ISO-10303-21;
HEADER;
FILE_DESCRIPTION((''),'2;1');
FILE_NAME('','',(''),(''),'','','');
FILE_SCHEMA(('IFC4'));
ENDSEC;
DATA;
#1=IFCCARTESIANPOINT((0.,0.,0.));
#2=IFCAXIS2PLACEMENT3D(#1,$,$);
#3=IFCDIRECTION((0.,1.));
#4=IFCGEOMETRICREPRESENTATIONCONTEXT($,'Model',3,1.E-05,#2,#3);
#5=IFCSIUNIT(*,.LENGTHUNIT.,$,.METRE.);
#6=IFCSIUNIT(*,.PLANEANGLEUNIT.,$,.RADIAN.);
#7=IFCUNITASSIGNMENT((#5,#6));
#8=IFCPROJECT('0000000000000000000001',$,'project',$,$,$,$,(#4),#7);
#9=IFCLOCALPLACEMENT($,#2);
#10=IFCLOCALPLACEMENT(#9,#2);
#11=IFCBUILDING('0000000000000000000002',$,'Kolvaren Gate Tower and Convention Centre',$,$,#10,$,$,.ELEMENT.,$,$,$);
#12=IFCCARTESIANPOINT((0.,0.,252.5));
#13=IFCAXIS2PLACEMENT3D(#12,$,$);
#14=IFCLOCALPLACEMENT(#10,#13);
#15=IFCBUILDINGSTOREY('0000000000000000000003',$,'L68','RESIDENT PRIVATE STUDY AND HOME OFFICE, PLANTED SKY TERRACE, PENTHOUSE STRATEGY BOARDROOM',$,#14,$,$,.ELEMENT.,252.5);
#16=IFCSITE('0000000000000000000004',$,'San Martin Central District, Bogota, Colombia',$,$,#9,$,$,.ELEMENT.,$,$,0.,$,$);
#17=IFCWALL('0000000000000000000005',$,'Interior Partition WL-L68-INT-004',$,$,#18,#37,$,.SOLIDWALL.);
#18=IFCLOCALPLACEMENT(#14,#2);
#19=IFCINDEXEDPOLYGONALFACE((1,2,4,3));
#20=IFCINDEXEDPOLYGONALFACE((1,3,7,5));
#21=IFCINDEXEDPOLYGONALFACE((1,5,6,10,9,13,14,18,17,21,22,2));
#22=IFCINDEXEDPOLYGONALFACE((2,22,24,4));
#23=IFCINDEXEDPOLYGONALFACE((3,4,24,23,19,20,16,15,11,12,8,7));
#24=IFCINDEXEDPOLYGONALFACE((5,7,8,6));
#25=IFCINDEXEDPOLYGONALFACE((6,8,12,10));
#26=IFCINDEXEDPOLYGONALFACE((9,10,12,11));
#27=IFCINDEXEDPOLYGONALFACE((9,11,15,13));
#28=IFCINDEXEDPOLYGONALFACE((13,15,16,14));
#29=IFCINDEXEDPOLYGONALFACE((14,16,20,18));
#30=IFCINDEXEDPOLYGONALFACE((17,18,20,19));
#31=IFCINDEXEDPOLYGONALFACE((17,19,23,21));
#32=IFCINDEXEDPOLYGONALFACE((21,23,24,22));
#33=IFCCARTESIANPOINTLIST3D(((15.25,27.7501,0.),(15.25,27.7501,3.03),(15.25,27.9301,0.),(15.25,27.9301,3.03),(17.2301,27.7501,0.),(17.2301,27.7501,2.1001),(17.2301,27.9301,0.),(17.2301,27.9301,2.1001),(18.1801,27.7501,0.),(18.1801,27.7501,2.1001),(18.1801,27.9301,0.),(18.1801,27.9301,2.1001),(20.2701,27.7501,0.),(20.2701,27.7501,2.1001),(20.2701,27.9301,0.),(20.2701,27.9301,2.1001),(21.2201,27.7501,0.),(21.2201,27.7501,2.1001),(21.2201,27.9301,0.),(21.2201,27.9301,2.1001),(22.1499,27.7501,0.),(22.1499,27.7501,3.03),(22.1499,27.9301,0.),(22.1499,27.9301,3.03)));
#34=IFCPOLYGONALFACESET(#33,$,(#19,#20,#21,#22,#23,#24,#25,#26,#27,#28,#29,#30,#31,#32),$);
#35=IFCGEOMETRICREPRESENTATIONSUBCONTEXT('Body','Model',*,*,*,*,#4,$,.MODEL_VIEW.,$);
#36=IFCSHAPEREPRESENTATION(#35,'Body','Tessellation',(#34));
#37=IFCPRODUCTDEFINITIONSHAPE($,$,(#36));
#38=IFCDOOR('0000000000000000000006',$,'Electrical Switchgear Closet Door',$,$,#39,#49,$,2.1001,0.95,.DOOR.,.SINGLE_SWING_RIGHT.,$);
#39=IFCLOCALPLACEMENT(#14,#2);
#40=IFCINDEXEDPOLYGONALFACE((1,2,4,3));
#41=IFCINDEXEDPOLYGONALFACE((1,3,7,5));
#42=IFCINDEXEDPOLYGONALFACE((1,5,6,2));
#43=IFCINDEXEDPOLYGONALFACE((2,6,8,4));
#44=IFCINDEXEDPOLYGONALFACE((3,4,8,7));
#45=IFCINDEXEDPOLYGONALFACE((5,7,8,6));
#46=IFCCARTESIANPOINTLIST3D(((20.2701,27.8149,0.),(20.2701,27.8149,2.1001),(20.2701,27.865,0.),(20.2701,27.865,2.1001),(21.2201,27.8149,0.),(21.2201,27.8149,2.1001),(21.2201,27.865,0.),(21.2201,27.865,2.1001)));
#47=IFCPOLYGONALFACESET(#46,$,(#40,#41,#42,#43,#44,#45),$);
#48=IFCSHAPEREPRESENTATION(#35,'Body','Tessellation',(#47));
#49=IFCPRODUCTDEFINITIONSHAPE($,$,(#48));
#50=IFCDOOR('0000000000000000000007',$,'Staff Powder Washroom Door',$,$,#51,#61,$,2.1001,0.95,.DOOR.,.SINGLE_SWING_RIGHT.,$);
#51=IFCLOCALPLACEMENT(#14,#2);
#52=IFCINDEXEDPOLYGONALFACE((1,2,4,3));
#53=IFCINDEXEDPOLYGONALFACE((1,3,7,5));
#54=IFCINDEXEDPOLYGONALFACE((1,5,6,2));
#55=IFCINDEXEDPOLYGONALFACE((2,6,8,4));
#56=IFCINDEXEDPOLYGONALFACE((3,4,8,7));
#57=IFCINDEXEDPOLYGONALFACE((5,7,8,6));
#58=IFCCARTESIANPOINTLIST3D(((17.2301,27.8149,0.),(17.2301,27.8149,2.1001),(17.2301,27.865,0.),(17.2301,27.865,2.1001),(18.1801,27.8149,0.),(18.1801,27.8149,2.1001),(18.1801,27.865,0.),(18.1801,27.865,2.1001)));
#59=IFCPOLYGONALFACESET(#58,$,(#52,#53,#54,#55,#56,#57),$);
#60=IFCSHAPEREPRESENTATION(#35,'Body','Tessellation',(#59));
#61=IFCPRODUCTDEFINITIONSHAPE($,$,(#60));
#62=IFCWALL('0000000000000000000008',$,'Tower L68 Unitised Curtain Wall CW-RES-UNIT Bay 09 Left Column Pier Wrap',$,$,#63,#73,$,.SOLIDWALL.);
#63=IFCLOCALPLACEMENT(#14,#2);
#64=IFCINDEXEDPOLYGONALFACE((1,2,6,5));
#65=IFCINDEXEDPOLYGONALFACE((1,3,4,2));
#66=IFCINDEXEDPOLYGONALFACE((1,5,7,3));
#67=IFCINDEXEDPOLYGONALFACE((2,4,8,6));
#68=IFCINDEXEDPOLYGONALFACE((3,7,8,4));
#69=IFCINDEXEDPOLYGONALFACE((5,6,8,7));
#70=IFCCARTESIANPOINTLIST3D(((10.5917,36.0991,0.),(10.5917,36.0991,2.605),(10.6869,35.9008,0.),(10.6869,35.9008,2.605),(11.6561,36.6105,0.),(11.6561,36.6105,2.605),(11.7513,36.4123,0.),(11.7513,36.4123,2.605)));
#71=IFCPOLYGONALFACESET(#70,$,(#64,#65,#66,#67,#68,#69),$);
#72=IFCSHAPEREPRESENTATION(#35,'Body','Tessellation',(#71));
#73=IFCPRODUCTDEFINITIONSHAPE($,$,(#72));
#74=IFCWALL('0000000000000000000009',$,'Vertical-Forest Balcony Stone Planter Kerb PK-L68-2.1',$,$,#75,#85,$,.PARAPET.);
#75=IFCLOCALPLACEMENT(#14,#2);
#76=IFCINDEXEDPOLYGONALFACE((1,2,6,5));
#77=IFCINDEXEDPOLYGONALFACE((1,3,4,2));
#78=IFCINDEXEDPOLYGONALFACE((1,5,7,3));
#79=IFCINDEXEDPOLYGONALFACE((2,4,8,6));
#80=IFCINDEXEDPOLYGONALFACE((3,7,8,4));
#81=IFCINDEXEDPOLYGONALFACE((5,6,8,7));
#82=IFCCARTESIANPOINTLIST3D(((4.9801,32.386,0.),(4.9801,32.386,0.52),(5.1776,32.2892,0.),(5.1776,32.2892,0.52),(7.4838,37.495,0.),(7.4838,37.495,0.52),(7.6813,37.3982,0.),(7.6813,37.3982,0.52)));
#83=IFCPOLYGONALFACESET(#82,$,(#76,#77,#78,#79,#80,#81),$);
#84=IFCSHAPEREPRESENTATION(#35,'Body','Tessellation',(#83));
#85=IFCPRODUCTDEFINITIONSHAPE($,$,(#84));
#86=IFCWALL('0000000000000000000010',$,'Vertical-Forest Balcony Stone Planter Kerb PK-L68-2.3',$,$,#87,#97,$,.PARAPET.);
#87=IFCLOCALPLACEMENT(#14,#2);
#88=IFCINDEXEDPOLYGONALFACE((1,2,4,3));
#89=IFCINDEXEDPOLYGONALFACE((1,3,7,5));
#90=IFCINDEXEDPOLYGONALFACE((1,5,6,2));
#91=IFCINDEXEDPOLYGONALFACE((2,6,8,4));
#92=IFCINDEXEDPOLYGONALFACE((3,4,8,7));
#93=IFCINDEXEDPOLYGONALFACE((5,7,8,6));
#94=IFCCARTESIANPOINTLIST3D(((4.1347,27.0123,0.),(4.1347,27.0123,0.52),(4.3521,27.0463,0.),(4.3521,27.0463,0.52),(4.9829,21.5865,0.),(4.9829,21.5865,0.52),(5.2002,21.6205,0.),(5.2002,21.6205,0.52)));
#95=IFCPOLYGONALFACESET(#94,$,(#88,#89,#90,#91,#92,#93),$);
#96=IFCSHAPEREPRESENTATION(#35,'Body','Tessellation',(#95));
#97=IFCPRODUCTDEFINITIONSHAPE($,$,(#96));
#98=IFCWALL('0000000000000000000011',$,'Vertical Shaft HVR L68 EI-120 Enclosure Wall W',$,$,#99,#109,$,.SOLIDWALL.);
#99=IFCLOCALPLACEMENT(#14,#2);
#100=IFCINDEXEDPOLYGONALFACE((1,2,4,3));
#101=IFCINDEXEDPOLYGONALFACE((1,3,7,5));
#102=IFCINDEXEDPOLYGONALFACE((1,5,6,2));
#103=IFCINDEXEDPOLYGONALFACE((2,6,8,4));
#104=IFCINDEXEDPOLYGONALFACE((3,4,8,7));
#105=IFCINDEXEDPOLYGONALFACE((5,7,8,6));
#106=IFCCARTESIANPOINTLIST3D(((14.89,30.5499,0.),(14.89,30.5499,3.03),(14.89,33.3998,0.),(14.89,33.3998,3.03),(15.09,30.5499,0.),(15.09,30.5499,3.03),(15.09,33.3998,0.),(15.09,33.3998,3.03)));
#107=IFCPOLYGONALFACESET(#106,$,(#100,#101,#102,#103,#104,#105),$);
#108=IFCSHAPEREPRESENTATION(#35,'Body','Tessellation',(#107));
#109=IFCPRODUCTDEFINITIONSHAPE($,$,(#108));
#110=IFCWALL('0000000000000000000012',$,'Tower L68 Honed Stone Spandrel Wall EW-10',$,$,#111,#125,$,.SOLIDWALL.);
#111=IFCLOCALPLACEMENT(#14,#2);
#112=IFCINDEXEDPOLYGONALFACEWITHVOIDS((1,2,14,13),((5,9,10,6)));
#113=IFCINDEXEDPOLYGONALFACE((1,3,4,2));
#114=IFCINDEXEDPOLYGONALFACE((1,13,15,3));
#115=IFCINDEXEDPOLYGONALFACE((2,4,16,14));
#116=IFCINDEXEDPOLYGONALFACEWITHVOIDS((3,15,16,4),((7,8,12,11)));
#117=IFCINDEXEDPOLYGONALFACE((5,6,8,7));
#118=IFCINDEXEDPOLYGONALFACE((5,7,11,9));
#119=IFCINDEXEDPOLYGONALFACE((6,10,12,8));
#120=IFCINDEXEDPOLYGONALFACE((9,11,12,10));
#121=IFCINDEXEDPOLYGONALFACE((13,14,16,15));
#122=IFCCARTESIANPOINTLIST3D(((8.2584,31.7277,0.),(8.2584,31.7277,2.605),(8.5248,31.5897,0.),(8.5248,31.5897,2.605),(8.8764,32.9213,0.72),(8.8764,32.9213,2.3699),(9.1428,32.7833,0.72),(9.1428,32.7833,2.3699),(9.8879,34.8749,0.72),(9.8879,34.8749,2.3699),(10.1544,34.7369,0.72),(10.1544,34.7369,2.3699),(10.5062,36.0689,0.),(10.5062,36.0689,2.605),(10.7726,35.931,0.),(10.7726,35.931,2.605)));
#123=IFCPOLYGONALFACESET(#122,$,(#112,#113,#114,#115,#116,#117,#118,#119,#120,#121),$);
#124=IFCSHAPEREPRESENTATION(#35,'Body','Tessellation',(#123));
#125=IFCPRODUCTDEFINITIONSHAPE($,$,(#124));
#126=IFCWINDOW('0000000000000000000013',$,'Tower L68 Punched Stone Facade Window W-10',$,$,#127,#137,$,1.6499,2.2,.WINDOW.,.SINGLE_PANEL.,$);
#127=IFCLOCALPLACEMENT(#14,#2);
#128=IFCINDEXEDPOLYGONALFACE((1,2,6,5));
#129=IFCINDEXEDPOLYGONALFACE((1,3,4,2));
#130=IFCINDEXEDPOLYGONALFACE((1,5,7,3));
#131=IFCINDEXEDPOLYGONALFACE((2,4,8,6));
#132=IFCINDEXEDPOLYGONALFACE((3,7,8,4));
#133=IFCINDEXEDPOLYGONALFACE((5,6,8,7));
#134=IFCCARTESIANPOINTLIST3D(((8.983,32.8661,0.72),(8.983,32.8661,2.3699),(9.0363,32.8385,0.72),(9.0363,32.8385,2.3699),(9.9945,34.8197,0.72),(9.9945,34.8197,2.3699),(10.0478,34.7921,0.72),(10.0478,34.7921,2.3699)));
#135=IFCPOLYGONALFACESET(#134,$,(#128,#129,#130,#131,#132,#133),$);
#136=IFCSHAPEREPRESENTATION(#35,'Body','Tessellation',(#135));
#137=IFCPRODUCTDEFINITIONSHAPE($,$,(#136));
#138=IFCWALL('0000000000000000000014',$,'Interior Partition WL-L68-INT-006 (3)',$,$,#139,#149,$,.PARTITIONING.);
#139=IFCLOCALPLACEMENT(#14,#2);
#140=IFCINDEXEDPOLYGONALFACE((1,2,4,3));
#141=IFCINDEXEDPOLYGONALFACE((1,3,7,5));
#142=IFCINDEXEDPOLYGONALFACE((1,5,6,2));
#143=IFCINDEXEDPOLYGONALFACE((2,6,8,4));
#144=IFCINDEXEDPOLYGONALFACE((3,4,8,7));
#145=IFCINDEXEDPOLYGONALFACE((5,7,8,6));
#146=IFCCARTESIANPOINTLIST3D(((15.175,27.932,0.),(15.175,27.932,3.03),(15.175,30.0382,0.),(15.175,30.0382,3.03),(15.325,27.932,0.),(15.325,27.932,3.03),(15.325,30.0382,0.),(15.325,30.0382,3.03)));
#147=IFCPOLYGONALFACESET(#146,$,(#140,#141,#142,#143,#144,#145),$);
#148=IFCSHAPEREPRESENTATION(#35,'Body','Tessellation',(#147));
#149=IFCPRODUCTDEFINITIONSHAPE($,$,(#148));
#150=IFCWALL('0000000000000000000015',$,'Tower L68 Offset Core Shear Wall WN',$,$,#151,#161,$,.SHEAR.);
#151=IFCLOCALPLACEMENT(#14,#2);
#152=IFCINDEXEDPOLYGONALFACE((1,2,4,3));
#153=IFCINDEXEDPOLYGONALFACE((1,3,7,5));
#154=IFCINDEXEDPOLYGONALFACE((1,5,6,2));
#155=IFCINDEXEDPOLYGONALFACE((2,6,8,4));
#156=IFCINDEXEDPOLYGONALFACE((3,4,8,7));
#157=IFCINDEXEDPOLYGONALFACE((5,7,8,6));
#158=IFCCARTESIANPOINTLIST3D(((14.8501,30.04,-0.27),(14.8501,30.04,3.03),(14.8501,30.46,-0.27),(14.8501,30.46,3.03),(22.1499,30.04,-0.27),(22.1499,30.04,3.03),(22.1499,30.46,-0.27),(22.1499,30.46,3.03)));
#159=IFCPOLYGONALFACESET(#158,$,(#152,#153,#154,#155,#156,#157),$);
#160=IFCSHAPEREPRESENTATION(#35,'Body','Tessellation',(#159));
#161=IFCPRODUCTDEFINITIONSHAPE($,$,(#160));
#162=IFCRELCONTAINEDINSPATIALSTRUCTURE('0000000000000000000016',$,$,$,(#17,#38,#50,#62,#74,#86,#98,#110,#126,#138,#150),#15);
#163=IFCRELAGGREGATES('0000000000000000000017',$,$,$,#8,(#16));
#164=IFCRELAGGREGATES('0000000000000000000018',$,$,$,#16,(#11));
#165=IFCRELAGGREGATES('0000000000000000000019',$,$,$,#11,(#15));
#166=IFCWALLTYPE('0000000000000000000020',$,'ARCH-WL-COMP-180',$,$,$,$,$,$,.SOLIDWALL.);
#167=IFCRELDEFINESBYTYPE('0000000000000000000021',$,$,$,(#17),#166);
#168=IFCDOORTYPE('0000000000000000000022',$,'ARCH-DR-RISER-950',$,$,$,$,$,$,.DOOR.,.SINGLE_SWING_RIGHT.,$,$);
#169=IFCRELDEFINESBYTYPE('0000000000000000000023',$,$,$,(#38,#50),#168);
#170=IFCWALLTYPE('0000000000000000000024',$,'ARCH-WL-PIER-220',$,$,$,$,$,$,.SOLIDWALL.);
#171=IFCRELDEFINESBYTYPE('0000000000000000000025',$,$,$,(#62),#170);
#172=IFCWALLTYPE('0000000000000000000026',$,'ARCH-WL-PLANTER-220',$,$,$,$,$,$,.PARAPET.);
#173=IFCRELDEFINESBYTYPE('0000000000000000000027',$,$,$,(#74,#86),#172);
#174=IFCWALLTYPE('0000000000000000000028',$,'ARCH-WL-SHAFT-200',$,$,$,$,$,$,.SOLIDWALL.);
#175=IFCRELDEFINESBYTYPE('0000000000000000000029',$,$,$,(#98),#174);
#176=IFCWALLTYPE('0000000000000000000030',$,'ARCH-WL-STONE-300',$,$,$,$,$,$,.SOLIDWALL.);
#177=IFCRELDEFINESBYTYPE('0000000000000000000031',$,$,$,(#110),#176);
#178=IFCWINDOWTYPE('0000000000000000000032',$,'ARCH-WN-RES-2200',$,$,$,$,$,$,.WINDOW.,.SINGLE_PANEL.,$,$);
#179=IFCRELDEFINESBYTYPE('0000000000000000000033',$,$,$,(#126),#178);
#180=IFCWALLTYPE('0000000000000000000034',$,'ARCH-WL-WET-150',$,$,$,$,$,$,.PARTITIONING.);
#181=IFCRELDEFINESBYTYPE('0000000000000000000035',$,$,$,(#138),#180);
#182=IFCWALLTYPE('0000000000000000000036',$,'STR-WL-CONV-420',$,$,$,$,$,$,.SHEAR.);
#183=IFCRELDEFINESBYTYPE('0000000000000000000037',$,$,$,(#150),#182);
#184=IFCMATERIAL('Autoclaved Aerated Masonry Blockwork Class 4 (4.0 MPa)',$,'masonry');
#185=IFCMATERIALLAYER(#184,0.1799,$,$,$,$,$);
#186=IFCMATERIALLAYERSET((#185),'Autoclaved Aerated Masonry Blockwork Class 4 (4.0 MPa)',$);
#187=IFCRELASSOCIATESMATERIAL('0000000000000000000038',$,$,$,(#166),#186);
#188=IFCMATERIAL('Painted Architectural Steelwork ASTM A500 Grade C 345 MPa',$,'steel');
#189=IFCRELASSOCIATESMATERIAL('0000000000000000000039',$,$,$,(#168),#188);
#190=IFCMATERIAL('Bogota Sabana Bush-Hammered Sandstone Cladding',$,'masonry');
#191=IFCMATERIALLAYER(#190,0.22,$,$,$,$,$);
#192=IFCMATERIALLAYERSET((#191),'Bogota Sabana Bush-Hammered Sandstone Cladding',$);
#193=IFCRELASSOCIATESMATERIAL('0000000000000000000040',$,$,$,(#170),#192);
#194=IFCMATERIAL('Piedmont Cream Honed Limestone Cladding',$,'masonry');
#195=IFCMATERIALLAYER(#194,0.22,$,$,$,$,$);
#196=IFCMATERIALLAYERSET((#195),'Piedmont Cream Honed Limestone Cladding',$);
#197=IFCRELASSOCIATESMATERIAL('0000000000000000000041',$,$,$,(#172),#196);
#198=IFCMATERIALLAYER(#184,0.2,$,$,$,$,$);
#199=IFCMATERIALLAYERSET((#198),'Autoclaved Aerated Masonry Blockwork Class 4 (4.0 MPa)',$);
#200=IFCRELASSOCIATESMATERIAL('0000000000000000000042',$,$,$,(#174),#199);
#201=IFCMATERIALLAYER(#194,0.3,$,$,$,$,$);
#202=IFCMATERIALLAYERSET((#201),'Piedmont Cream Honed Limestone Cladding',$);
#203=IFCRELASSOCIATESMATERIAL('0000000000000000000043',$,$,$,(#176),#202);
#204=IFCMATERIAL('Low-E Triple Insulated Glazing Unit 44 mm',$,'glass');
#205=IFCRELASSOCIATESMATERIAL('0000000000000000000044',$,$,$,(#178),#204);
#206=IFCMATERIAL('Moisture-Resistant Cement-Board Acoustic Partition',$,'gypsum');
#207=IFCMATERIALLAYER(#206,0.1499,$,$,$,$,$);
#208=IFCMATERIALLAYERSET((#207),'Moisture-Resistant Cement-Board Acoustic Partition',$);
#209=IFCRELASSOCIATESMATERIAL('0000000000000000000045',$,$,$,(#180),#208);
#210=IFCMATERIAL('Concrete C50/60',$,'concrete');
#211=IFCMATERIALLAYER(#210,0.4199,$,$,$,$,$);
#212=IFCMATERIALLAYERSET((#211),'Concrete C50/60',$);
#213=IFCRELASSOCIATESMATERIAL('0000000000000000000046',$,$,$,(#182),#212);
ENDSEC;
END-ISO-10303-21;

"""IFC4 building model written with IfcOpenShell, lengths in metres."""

from ifc_helpers import new_model, si_unit, direction, frame, frame_2d, origin, place, context, subcontext, project, spatial, rectangle, extrude, material, layer, layer_set, type_object, element, fill, save


model = new_model("IFC4")

# Units and contexts
model_context = context("Model", 3, precision=1e-05, world=origin(), true_north=direction((0.0, 1.0)))
body_context = subcontext(model_context, "Body", "Model", "MODEL_VIEW")
ifc_project = project(units=[si_unit("LENGTHUNIT", "METRE"), si_unit("PLANEANGLEUNIT", "RADIAN")], contexts=[model_context])

# Site, building, storey
site_placement = place(None, origin())
site = spatial("IfcSite", under=ifc_project, at=site_placement, Name="San Martin Central District, Bogota, Colombia", CompositionType="ELEMENT", RefElevation=0.0)
building_placement = place(site_placement, origin())
building = spatial("IfcBuilding", under=site, at=building_placement, Name="Kolvaren Gate Tower and Convention Centre", CompositionType="ELEMENT")
storey_placement = place(building_placement, frame((0.0, 0.0, 252.5)))
storey = spatial("IfcBuildingStorey", under=building, at=storey_placement, Name="L68", Description="RESIDENT PRIVATE STUDY AND HOME OFFICE, PLANTED SKY TERRACE, PENTHOUSE STRATEGY BOARDROOM", CompositionType="ELEMENT", Elevation=252.5)

# Wall, openings, doors
ifc_material_1 = material(Name="Autoclaved Aerated Masonry Blockwork Class 4 (4.0 MPa)", Category="masonry")
ifc_layer_1 = layer(ifc_material_1, 0.1799)
ifc_layer_set_1 = layer_set([ifc_layer_1], Name="Autoclaved Aerated Masonry Blockwork Class 4 (4.0 MPa)")
wall_type_1 = type_object("IfcWallType", Name="ARCH-WL-COMP-180", PredefinedType="SOLIDWALL", material=ifc_layer_set_1)
wall_1_placement = place(storey_placement, frame((15.25, 27.8401, 0.0), z_axis=(0.0, 0.0, 1.0), x_axis=(1.0, 0.0, 0.0)))
wall_1 = element("IfcWall", 1, at=wall_1_placement, inside=storey, type_object=wall_type_1, Name="Interior Partition WL-L68-INT-004", PredefinedType="SOLIDWALL", context=body_context, shape_type="SweptSolid", body=[
    extrude(rectangle(XDim=6.8999, YDim=0.1799, at=frame_2d((3.45, 0.0))), origin(), (0.0, 0.0, 1.0), 3.03),
])
opening_1_placement = place(wall_1_placement, frame((5.02, 0.0, 0.0)))
opening_1 = element("IfcOpeningElement", 2, at=opening_1_placement, cuts=wall_1, PredefinedType="OPENING", context=body_context, shape_type="SweptSolid", body=[
    extrude(rectangle(XDim=0.95, YDim=2.1001, at=frame_2d((0.4751, 1.05))), frame((0.0, 0.0999, 0.0), z_axis=(0.0, -1.0, 0.0), x_axis=(1.0, 0.0, 0.0)), (0.0, 0.0, 1.0), 0.2),
])
opening_2_placement = place(wall_1_placement, frame((1.98, 0.0, 0.0)))
opening_2 = element("IfcOpeningElement", 3, at=opening_2_placement, cuts=wall_1, PredefinedType="OPENING", context=body_context, shape_type="SweptSolid", body=[
    extrude(rectangle(XDim=0.95, YDim=2.1001, at=frame_2d((0.4751, 1.05))), frame((0.0, 0.0999, 0.0), z_axis=(0.0, -1.0, 0.0), x_axis=(1.0, 0.0, 0.0)), (0.0, 0.0, 1.0), 0.2),
])
ifc_material_2 = material(Name="Painted Architectural Steelwork ASTM A500 Grade C 345 MPa", Category="steel")
door_type = type_object("IfcDoorType", Name="ARCH-DR-RISER-950", OperationType="SINGLE_SWING_RIGHT", PredefinedType="DOOR", material=ifc_material_2)
door_1_placement = place(opening_1_placement, origin())
door_1 = element("IfcDoor", 4, at=door_1_placement, inside=storey, type_object=door_type, Name="Electrical Switchgear Closet Door", OperationType="SINGLE_SWING_RIGHT", OverallHeight=2.1001, OverallWidth=0.95, PredefinedType="DOOR", context=body_context, shape_type="SweptSolid", body=[
    extrude(rectangle(XDim=0.95, YDim=2.1001, at=frame_2d((0.4751, 1.05))), frame((0.0, 0.0249, 0.0), z_axis=(0.0, -1.0, 0.0), x_axis=(1.0, 0.0, 0.0)), (0.0, 0.0, 1.0), 0.05),
])
fill(opening_1, door_1)
door_2_placement = place(opening_2_placement, origin())
door_2 = element("IfcDoor", 5, at=door_2_placement, inside=storey, type_object=door_type, Name="Staff Powder Washroom Door", OperationType="SINGLE_SWING_RIGHT", OverallHeight=2.1001, OverallWidth=0.95, PredefinedType="DOOR", context=body_context, shape_type="SweptSolid", body=[
    extrude(rectangle(XDim=0.95, YDim=2.1001, at=frame_2d((0.4751, 1.05))), frame((0.0, 0.0249, 0.0), z_axis=(0.0, -1.0, 0.0), x_axis=(1.0, 0.0, 0.0)), (0.0, 0.0, 1.0), 0.05),
])
fill(opening_2, door_2)

# Walls
ifc_material_3 = material(Name="Bogota Sabana Bush-Hammered Sandstone Cladding", Category="masonry")
ifc_layer_2 = layer(ifc_material_3, 0.22)
ifc_layer_set_2 = layer_set([ifc_layer_2], Name="Bogota Sabana Bush-Hammered Sandstone Cladding")
wall_type_2 = type_object("IfcWallType", Name="ARCH-WL-PIER-220", PredefinedType="SOLIDWALL", material=ifc_layer_set_2)
wall_2_placement = place(storey_placement, frame((10.6394, 36.0, 0.0), z_axis=(0.0, 0.0, 1.0), x_axis=(0.901346, 0.433101, 0.0)))
element("IfcWall", 6, at=wall_2_placement, inside=storey, type_object=wall_type_2, Name="Tower L68 Unitised Curtain Wall CW-RES-UNIT Bay 09 Left Column Pier Wrap", PredefinedType="SOLIDWALL", context=body_context, shape_type="SweptSolid", body=[
    extrude(rectangle(XDim=1.1809, YDim=0.22, at=frame_2d((0.5903, 0.0))), origin(), (0.0, 0.0, 1.0), 2.605),
])
ifc_material_4 = material(Name="Piedmont Cream Honed Limestone Cladding", Category="masonry")
ifc_layer_3 = layer(ifc_material_4, 0.22)
ifc_layer_set_3 = layer_set([ifc_layer_3], Name="Piedmont Cream Honed Limestone Cladding")
wall_type_3 = type_object("IfcWallType", Name="ARCH-WL-PLANTER-220", PredefinedType="PARAPET", material=ifc_layer_set_3)
wall_3_placement = place(storey_placement, frame((5.0789, 32.3376, 0.0), z_axis=(0.0, 0.0, 1.0), x_axis=(0.440059, 0.897969, 0.0)))
element("IfcWall", 7, at=wall_3_placement, inside=storey, type_object=wall_type_3, Name="Vertical-Forest Balcony Stone Planter Kerb PK-L68-2.1", PredefinedType="PARAPET", context=body_context, shape_type="SweptSolid", body=[
    extrude(rectangle(XDim=5.6895, YDim=0.22, at=frame_2d((2.8447, 0.0))), origin(), (0.0, 0.0, 1.0), 0.52),
])
wall_4_placement = place(storey_placement, frame((4.2434, 27.0293, 0.0), z_axis=(0.0, 0.0, 1.0), x_axis=(0.154442, -0.988002, 0.0)))
element("IfcWall", 8, at=wall_4_placement, inside=storey, type_object=wall_type_3, Name="Vertical-Forest Balcony Stone Planter Kerb PK-L68-2.3", PredefinedType="PARAPET", context=body_context, shape_type="SweptSolid", body=[
    extrude(rectangle(XDim=5.4917, YDim=0.22, at=frame_2d((2.7458, 0.0))), origin(), (0.0, 0.0, 1.0), 0.52),
])
ifc_layer_4 = layer(ifc_material_1, 0.2)
ifc_layer_set_4 = layer_set([ifc_layer_4], Name="Autoclaved Aerated Masonry Blockwork Class 4 (4.0 MPa)")
wall_type_4 = type_object("IfcWallType", Name="ARCH-WL-SHAFT-200", PredefinedType="SOLIDWALL", material=ifc_layer_set_4)
wall_5_placement = place(storey_placement, frame((14.99, 30.55, 0.0), z_axis=(0.0, 0.0, 1.0), x_axis=(0.0, 1.0, 0.0)))
element("IfcWall", 9, at=wall_5_placement, inside=storey, type_object=wall_type_4, Name="Vertical Shaft HVR L68 EI-120 Enclosure Wall W", PredefinedType="SOLIDWALL", context=body_context, shape_type="SweptSolid", body=[
    extrude(rectangle(XDim=2.8499, YDim=0.2, at=frame_2d((1.4248, 0.0))), origin(), (0.0, 0.0, 1.0), 3.03),
])

# Wall, opening, window
ifc_layer_5 = layer(ifc_material_4, 0.3)
ifc_layer_set_5 = layer_set([ifc_layer_5], Name="Piedmont Cream Honed Limestone Cladding")
wall_type_5 = type_object("IfcWallType", Name="ARCH-WL-STONE-300", PredefinedType="SOLIDWALL", material=ifc_layer_set_5)
wall_6_placement = place(storey_placement, frame((8.3916, 31.6587, 0.0), z_axis=(0.0, 0.0, 1.0), x_axis=(0.459794, 0.888026, 0.0)))
wall_6 = element("IfcWall", 10, at=wall_6_placement, inside=storey, type_object=wall_type_5, Name="Tower L68 Honed Stone Spandrel Wall EW-10", PredefinedType="SOLIDWALL", context=body_context, shape_type="SweptSolid", body=[
    extrude(rectangle(XDim=4.8887, YDim=0.3, at=frame_2d((2.4443, 0.0))), origin(), (0.0, 0.0, 1.0), 2.605),
])
opening_3_placement = place(wall_6_placement, frame((1.344, 0.0, 0.72)))
opening_3 = element("IfcOpeningElement", 11, at=opening_3_placement, cuts=wall_6, PredefinedType="OPENING", context=body_context, shape_type="SweptSolid", body=[
    extrude(rectangle(XDim=2.2, YDim=1.6499, at=frame_2d((1.1001, 0.825))), frame((0.0, 0.1599, 0.0), z_axis=(0.0, -1.0, 0.0), x_axis=(1.0, 0.0, 0.0)), (0.0, 0.0, 1.0), 0.3201),
])
ifc_material_5 = material(Name="Low-E Triple Insulated Glazing Unit 44 mm", Category="glass")
window_type = type_object("IfcWindowType", Name="ARCH-WN-RES-2200", PartitioningType="SINGLE_PANEL", PredefinedType="WINDOW", material=ifc_material_5)
window_placement = place(opening_3_placement, origin())
window = element("IfcWindow", 12, at=window_placement, inside=storey, type_object=window_type, Name="Tower L68 Punched Stone Facade Window W-10", OverallHeight=1.6499, OverallWidth=2.2, PartitioningType="SINGLE_PANEL", PredefinedType="WINDOW", context=body_context, shape_type="SweptSolid", body=[
    extrude(rectangle(XDim=2.2, YDim=1.6499, at=frame_2d((1.1001, 0.825))), frame((0.0, 0.03, 0.0), z_axis=(0.0, -1.0, 0.0), x_axis=(1.0, 0.0, 0.0)), (0.0, 0.0, 1.0), 0.0601),
])
fill(opening_3, window)

# Walls
ifc_material_6 = material(Name="Moisture-Resistant Cement-Board Acoustic Partition", Category="gypsum")
ifc_layer_6 = layer(ifc_material_6, 0.1499)
ifc_layer_set_6 = layer_set([ifc_layer_6], Name="Moisture-Resistant Cement-Board Acoustic Partition")
wall_type_6 = type_object("IfcWallType", Name="ARCH-WL-WET-150", PredefinedType="PARTITIONING", material=ifc_layer_set_6)
wall_7_placement = place(storey_placement, frame((15.25, 27.9319, 0.0), z_axis=(0.0, 0.0, 1.0), x_axis=(0.0, 1.0, 0.0)))
element("IfcWall", 13, at=wall_7_placement, inside=storey, type_object=wall_type_6, Name="Interior Partition WL-L68-INT-006 (3)", PredefinedType="PARTITIONING", context=body_context, shape_type="SweptSolid", body=[
    extrude(rectangle(XDim=2.1062, YDim=0.1499, at=frame_2d((1.0532, 0.0))), origin(), (0.0, 0.0, 1.0), 3.03),
])
ifc_material_7 = material(Name="Concrete C50/60", Category="concrete")
ifc_layer_7 = layer(ifc_material_7, 0.4199)
ifc_layer_set_7 = layer_set([ifc_layer_7], Name="Concrete C50/60")
wall_type_7 = type_object("IfcWallType", Name="STR-WL-CONV-420", PredefinedType="SHEAR", material=ifc_layer_set_7)
wall_8_placement = place(storey_placement, frame((14.8501, 30.25, -0.27), z_axis=(0.0, 0.0, 1.0), x_axis=(1.0, 0.0, 0.0)))
element("IfcWall", 14, at=wall_8_placement, inside=storey, type_object=wall_type_7, Name="Tower L68 Offset Core Shear Wall WN", PredefinedType="SHEAR", context=body_context, shape_type="SweptSolid", body=[
    extrude(rectangle(XDim=7.2998, YDim=0.4199, at=frame_2d((3.6499, 0.0))), origin(), (0.0, 0.0, 1.0), 3.3),
])

save(model, "model.ifc")
